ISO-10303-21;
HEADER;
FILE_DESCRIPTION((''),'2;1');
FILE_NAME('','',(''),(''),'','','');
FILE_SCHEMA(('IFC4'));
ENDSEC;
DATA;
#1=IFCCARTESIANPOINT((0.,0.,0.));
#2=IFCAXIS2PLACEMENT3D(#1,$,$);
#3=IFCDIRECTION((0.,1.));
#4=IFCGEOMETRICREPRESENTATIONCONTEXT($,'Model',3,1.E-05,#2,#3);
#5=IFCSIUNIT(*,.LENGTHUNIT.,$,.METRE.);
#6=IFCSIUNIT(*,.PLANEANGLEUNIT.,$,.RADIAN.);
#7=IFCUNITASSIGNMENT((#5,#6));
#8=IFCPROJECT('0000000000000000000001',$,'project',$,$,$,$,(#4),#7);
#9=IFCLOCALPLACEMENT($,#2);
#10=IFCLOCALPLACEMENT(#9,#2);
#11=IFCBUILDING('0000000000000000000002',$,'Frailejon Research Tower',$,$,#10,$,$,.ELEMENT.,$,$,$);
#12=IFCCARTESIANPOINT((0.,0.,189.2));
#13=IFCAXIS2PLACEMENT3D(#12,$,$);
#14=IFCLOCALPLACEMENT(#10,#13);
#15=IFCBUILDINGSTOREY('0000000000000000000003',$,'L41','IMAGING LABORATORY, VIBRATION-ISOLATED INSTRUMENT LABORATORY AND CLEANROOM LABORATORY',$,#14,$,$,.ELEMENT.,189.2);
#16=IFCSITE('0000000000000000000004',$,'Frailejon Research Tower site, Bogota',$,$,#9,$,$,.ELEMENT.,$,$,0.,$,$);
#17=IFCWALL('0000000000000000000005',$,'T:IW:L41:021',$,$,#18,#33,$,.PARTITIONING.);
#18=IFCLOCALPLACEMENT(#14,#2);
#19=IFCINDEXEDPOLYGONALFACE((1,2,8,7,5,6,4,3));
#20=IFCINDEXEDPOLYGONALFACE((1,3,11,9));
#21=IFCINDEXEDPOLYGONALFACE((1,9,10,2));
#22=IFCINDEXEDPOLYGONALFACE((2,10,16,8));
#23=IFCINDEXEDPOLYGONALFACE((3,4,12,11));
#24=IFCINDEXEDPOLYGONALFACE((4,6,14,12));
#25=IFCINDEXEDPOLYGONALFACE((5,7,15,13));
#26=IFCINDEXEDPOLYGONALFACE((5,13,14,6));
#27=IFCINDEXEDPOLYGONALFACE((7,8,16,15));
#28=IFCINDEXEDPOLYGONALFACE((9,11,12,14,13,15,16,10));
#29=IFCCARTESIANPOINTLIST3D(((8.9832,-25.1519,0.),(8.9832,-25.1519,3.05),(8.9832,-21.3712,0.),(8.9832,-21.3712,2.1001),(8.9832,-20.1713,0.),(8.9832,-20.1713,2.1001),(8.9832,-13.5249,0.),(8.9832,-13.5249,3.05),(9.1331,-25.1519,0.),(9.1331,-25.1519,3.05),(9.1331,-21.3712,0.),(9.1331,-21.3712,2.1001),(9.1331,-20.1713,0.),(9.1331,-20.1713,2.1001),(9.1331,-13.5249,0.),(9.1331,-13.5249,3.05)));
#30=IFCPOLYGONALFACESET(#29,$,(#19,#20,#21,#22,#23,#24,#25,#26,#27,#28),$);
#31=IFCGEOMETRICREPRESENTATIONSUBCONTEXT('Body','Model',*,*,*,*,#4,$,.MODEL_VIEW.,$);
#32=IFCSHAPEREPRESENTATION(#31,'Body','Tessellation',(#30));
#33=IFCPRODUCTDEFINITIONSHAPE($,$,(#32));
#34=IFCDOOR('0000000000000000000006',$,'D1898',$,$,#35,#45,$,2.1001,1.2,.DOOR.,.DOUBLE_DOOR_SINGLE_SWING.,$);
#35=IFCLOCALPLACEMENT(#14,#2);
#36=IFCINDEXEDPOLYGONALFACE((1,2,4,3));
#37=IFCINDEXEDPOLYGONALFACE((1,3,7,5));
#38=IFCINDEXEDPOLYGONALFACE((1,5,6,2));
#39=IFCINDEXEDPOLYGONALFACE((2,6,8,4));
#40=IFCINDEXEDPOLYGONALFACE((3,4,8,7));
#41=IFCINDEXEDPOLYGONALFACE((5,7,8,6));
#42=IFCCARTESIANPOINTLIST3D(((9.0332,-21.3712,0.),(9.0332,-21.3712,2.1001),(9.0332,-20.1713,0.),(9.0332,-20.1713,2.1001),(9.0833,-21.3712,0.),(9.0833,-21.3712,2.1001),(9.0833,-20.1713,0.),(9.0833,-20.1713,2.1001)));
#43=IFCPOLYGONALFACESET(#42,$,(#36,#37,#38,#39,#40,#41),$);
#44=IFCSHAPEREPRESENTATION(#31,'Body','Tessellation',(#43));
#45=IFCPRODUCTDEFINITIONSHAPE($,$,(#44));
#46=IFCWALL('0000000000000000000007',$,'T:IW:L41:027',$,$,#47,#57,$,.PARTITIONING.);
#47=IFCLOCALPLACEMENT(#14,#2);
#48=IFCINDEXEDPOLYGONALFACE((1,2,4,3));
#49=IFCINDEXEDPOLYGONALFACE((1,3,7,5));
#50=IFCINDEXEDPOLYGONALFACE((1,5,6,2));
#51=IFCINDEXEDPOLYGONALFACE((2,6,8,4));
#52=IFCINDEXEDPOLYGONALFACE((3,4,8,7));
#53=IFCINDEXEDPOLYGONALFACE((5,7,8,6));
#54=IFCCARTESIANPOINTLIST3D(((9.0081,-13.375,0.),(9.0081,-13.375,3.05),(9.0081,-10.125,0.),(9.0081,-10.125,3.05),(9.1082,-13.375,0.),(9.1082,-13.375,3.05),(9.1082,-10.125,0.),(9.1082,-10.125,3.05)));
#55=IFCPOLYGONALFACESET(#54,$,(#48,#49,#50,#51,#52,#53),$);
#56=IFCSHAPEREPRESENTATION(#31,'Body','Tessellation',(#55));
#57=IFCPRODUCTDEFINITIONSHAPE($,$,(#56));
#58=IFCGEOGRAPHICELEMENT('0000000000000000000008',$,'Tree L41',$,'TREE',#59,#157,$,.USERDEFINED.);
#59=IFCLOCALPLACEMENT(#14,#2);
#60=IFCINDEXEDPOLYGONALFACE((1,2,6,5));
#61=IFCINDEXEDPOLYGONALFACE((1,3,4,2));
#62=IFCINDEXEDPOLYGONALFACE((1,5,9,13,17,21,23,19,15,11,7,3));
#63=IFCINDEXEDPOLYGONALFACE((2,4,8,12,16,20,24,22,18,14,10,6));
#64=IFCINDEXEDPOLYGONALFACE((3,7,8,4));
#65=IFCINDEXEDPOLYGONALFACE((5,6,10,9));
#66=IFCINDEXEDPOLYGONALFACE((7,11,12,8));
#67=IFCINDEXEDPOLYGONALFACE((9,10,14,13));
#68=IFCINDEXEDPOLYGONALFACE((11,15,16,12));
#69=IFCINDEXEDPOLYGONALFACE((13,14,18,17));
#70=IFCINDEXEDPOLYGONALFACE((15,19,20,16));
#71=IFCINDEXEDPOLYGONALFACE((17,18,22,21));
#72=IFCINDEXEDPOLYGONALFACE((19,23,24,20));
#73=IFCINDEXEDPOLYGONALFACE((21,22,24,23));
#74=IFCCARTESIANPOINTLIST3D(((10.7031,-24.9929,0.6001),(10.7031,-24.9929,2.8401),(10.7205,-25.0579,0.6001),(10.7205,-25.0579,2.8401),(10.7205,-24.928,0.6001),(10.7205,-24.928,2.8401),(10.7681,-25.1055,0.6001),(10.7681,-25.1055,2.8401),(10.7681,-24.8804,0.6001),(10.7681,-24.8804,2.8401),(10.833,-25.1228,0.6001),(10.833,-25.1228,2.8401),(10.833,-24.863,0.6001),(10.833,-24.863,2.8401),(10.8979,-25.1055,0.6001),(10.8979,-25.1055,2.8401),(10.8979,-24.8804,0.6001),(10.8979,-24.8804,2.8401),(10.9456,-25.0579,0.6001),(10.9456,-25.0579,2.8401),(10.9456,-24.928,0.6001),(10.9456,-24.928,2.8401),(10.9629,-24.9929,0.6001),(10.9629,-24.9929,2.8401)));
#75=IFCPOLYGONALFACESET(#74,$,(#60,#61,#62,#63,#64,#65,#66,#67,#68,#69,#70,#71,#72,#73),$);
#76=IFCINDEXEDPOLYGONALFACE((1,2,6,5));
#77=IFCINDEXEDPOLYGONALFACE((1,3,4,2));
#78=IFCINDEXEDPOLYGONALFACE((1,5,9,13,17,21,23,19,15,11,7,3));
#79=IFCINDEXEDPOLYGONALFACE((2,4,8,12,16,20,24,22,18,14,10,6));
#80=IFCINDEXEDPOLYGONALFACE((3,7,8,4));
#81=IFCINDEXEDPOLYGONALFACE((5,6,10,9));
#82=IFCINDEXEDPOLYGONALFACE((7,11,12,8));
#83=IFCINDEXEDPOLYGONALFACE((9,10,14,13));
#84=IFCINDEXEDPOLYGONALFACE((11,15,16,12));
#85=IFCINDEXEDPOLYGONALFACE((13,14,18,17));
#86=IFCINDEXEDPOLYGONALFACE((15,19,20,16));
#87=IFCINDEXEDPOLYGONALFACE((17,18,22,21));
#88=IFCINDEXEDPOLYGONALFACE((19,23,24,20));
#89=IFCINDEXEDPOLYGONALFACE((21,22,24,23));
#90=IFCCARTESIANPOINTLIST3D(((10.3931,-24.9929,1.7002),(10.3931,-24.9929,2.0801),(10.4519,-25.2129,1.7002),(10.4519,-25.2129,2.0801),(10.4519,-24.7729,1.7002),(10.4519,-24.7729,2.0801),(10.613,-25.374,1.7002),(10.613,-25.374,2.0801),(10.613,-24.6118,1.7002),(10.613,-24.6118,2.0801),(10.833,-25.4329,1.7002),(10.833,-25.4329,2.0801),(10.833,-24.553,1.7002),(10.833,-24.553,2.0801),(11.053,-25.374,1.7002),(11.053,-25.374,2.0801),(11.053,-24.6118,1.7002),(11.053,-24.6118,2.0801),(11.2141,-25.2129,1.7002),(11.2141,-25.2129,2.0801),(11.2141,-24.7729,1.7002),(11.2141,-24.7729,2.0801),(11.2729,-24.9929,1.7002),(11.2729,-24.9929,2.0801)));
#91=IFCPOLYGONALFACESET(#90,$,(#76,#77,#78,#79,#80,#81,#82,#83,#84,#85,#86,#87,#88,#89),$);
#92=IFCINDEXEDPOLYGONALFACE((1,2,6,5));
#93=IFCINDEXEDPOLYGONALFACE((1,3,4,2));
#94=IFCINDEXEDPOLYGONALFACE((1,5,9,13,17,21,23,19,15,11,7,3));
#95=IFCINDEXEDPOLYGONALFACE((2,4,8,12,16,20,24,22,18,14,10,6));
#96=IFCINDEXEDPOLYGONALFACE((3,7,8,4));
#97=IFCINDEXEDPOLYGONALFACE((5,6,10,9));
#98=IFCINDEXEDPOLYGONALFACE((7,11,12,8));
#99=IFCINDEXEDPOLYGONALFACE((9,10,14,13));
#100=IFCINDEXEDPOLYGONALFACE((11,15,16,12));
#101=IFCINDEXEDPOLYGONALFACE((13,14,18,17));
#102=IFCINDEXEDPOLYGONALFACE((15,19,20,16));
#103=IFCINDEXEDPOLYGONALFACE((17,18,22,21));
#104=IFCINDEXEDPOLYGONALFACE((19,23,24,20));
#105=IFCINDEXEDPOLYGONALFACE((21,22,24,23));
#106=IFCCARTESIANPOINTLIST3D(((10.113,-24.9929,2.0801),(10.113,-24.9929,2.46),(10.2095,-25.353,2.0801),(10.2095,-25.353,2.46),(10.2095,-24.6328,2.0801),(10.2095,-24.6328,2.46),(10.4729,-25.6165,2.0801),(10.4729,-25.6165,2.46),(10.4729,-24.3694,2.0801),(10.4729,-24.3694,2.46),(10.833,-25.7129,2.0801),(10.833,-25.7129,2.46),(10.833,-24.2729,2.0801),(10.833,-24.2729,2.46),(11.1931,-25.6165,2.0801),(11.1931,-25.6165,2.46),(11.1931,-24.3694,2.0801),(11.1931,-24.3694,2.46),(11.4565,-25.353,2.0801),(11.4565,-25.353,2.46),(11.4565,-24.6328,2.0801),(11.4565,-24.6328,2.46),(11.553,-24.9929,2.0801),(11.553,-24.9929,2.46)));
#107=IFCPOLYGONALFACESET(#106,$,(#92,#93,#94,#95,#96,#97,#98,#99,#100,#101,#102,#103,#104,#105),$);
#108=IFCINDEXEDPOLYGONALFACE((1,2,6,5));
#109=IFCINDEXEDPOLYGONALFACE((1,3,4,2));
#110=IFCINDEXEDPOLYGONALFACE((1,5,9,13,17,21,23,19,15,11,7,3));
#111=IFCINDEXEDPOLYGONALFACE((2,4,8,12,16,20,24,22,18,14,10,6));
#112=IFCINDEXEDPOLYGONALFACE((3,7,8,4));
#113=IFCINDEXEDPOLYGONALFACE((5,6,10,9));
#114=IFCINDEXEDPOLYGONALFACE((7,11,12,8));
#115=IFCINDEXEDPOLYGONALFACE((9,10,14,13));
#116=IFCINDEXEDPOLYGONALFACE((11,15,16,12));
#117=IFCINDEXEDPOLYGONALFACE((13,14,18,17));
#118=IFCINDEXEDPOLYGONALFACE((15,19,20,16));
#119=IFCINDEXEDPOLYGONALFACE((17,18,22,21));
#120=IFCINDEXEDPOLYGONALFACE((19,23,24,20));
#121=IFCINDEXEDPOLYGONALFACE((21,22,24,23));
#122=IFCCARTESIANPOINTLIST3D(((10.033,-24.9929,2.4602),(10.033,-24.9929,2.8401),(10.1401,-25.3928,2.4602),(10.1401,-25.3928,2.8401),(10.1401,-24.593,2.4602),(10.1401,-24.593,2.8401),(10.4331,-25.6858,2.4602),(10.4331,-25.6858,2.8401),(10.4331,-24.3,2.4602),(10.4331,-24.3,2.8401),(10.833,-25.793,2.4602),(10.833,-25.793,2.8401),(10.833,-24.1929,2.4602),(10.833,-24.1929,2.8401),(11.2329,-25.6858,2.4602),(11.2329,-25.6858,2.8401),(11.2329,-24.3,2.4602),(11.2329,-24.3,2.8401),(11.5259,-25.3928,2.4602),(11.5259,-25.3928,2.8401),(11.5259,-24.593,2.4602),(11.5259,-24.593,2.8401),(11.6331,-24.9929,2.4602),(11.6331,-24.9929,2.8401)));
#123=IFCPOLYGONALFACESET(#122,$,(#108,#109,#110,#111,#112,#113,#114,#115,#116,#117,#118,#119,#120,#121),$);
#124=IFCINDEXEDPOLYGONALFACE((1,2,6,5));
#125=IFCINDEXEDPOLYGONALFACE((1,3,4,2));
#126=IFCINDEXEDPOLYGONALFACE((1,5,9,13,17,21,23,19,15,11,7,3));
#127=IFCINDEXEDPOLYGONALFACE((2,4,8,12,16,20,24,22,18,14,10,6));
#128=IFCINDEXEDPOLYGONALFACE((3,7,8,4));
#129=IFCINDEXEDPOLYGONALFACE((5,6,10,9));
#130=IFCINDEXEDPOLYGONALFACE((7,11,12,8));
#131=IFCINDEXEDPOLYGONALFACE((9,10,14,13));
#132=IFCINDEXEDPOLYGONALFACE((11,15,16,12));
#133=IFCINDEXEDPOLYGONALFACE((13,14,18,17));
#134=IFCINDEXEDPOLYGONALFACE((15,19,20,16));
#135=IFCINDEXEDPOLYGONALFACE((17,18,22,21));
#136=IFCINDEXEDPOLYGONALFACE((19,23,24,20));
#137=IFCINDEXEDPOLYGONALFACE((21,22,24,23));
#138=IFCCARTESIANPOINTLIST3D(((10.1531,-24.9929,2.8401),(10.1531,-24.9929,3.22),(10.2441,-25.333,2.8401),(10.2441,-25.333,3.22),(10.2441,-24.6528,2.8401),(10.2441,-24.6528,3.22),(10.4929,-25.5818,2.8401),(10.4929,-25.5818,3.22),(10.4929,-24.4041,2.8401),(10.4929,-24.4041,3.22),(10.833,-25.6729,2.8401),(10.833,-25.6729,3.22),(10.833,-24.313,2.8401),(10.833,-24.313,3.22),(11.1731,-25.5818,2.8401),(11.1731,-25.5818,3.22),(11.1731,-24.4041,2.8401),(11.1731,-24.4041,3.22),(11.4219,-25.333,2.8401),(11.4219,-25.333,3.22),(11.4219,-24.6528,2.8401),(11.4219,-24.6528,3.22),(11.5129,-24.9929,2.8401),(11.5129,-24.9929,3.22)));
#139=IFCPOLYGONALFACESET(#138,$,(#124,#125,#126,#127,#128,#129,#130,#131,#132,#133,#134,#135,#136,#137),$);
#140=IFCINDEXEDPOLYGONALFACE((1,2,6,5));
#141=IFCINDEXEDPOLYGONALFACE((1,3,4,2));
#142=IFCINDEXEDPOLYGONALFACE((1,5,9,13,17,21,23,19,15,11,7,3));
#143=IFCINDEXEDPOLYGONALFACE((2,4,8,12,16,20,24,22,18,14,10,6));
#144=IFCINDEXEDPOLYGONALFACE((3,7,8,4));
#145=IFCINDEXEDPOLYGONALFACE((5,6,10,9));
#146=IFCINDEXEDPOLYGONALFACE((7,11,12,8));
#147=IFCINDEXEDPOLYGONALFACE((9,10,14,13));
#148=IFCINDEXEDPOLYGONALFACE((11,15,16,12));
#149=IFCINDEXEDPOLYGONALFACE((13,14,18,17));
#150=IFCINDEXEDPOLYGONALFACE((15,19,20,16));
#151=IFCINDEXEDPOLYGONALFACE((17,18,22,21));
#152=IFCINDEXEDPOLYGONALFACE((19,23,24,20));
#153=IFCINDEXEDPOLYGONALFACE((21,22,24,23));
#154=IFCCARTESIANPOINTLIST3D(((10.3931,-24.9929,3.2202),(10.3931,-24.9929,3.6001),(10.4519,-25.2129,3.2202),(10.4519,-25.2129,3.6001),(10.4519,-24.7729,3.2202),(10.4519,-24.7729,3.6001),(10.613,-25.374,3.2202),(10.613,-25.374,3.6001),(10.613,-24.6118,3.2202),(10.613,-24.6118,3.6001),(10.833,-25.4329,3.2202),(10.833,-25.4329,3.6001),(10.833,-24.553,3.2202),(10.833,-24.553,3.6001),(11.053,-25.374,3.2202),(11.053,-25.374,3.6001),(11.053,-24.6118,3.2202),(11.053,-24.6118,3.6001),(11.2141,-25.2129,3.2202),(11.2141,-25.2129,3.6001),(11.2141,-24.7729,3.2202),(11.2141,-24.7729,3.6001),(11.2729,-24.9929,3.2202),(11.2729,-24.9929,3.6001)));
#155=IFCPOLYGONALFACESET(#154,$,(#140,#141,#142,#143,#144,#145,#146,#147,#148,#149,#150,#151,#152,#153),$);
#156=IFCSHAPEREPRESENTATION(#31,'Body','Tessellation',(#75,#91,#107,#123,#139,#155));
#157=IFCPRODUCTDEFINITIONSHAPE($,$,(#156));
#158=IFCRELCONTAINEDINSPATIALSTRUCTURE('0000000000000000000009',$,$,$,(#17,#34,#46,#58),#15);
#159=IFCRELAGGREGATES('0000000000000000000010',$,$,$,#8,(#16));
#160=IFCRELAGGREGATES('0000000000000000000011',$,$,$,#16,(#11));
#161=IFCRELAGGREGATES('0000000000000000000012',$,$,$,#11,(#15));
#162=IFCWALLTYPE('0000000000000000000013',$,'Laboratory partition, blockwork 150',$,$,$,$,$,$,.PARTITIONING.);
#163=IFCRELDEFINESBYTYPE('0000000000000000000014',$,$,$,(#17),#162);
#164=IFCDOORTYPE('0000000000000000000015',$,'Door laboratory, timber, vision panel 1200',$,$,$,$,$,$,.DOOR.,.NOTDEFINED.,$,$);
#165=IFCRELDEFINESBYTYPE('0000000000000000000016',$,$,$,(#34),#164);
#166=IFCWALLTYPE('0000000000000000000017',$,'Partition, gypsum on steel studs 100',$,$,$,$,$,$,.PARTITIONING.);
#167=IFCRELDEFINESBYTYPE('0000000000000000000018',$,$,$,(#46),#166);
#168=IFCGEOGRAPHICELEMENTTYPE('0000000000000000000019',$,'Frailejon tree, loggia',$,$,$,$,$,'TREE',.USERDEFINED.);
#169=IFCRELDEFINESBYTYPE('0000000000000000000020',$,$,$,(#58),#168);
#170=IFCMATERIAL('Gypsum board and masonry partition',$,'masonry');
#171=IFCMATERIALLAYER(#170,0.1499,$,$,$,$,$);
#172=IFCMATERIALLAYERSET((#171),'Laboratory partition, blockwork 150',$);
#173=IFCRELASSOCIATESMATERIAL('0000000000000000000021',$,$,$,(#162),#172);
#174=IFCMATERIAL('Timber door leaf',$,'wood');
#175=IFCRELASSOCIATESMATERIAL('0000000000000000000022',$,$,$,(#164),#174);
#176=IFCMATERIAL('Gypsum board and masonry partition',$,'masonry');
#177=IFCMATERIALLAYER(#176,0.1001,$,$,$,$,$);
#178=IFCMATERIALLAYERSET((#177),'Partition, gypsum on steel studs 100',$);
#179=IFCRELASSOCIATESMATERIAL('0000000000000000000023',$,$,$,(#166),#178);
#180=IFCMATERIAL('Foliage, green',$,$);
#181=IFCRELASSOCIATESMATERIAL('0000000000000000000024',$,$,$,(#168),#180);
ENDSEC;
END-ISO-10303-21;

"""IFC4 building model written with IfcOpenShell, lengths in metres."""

from ifc_helpers import new_model, si_unit, direction, frame, frame_2d, origin, place, context, subcontext, project, spatial, polyline, rectangle, outline, extrude, material, layer, layer_set, type_object, element, fill, save


model = new_model("IFC4")

# Units and contexts
model_context = context("Model", 3, precision=1e-05, world=origin(), true_north=direction((0.0, 1.0)))
body_context = subcontext(model_context, "Body", "Model", "MODEL_VIEW")
ifc_project = project(units=[si_unit("LENGTHUNIT", "METRE"), si_unit("PLANEANGLEUNIT", "RADIAN")], contexts=[model_context])

# Site, building, storey
site_placement = place(None, origin())
site = spatial("IfcSite", under=ifc_project, at=site_placement, Name="Frailejon Research Tower site, Bogota", CompositionType="ELEMENT", RefElevation=0.0)
building_placement = place(site_placement, origin())
building = spatial("IfcBuilding", under=site, at=building_placement, Name="Frailejon Research Tower", CompositionType="ELEMENT")
storey_placement = place(building_placement, frame((0.0, 0.0, 189.2)))
storey = spatial("IfcBuildingStorey", under=building, at=storey_placement, Name="L41", Description="IMAGING LABORATORY, VIBRATION-ISOLATED INSTRUMENT LABORATORY AND CLEANROOM LABORATORY", CompositionType="ELEMENT", Elevation=189.2)

# Wall, opening, door
ifc_material_1 = material(Name="Gypsum board and masonry partition", Category="masonry")
ifc_layer_1 = layer(ifc_material_1, 0.1499)
ifc_layer_set_1 = layer_set([ifc_layer_1], Name="Laboratory partition, blockwork 150")
wall_type_1 = type_object("IfcWallType", Name="Laboratory partition, blockwork 150", PredefinedType="PARTITIONING", material=ifc_layer_set_1)
wall_1_placement = place(storey_placement, frame((9.0581, -25.1519, 0.0), z_axis=(0.0, 0.0, 1.0), x_axis=(0.0, 1.0, 0.0)))
wall_1 = element("IfcWall", 1, at=wall_1_placement, inside=storey, type_object=wall_type_1, Name="T:IW:L41:021", PredefinedType="PARTITIONING", context=body_context, shape_type="SweptSolid", body=[
    extrude(rectangle(XDim=11.627, YDim=0.1499, at=frame_2d((5.8135, 0.0))), origin(), (0.0, 0.0, 1.0), 3.05),
])
opening_1_placement = place(wall_1_placement, frame((3.7805, 0.0, 0.0)))
opening_1 = element("IfcOpeningElement", 2, at=opening_1_placement, cuts=wall_1, PredefinedType="OPENING", context=body_context, shape_type="SweptSolid", body=[
    extrude(rectangle(XDim=1.2, YDim=2.1001, at=frame_2d((0.6001, 1.05))), frame((0.0, 0.085, 0.0), z_axis=(0.0, -1.0, 0.0), x_axis=(1.0, 0.0, 0.0)), (0.0, 0.0, 1.0), 0.1699),
])
ifc_material_2 = material(Name="Timber door leaf", Category="wood")
door_type_1 = type_object("IfcDoorType", Name="Door laboratory, timber, vision panel 1200", OperationType="NOTDEFINED", PredefinedType="DOOR", material=ifc_material_2)
door_1_placement = place(opening_1_placement, origin())
door_1 = element("IfcDoor", 3, at=door_1_placement, inside=storey, type_object=door_type_1, Name="D1898", OperationType="DOUBLE_DOOR_SINGLE_SWING", OverallHeight=2.1001, OverallWidth=1.2, PredefinedType="DOOR", context=body_context, shape_type="SweptSolid", body=[
    extrude(rectangle(XDim=1.2, YDim=2.1001, at=frame_2d((0.6001, 1.05))), frame((0.0, 0.0249, 0.0), z_axis=(0.0, -1.0, 0.0), x_axis=(1.0, 0.0, 0.0)), (0.0, 0.0, 1.0), 0.05),
])
fill(opening_1, door_1)

# Wall
ifc_material_3 = material(Name="Gypsum board and masonry partition", Category="masonry")
ifc_layer_2 = layer(ifc_material_3, 0.1001)
ifc_layer_set_2 = layer_set([ifc_layer_2], Name="Partition, gypsum on steel studs 100")
wall_type_2 = type_object("IfcWallType", Name="Partition, gypsum on steel studs 100", PredefinedType="PARTITIONING", material=ifc_layer_set_2)
wall_2_placement = place(storey_placement, frame((9.0581, -13.375, 0.0), z_axis=(0.0, 0.0, 1.0), x_axis=(0.0, 1.0, 0.0)))
element("IfcWall", 4, at=wall_2_placement, inside=storey, type_object=wall_type_2, Name="T:IW:L41:027", PredefinedType="PARTITIONING", context=body_context, shape_type="SweptSolid", body=[
    extrude(rectangle(XDim=3.25, YDim=0.1001, at=frame_2d((1.625, 0.0))), origin(), (0.0, 0.0, 1.0), 3.05),
])

# Geographic element
ifc_material_4 = material(Name="Foliage, green")
geographic_element_type = type_object("IfcGeographicElementType", Name="Frailejon tree, loggia", ElementType="TREE", PredefinedType="USERDEFINED", material=ifc_material_4)
geographic_element_placement = place(storey_placement, frame((10.833, -24.9929, 0.6001)))
element("IfcGeographicElement", 5, at=geographic_element_placement, inside=storey, type_object=geographic_element_type, Name="Tree L41", ObjectType="TREE", PredefinedType="USERDEFINED", context=body_context, shape_type="SweptSolid", body=[
    extrude(outline(polyline([(0.1299, 0.0), (0.1125, 0.0649), (0.0649, 0.1125), (0.0, 0.1299), (-0.0649, 0.1125), (-0.1125, 0.0649), (-0.1299, 0.0), (-0.1125, -0.0649), (-0.0649, -0.1125), (0.0, -0.1299), (0.0649, -0.1125), (0.1125, -0.0649), (0.1299, 0.0)])), origin(), (0.0, 0.0, 1.0), 2.24),
    extrude(outline(polyline([(0.4399, 0.0), (0.3811, 0.22), (0.22, 0.3811), (0.0, 0.4399), (-0.22, 0.3811), (-0.3811, 0.22), (-0.4399, 0.0), (-0.3811, -0.22), (-0.22, -0.3811), (0.0, -0.4399), (0.22, -0.3811), (0.3811, -0.22), (0.4399, 0.0)])), frame((0.0, 0.0, 1.1001)), (0.0, 0.0, 1.0), 0.3799),
    extrude(outline(polyline([(0.72, 0.0), (0.6235, 0.3601), (0.3601, 0.6235), (0.0, 0.72), (-0.3601, 0.6235), (-0.6235, 0.3601), (-0.72, 0.0), (-0.6235, -0.3601), (-0.3601, -0.6235), (0.0, -0.72), (0.3601, -0.6235), (0.6235, -0.3601), (0.72, 0.0)])), frame((0.0, 0.0, 1.48)), (0.0, 0.0, 1.0), 0.3799),
    extrude(outline(polyline([(0.8, 0.0), (0.6929, 0.3999), (0.3999, 0.6929), (0.0, 0.8), (-0.3999, 0.6929), (-0.6929, 0.3999), (-0.8, 0.0), (-0.6929, -0.3999), (-0.3999, -0.6929), (0.0, -0.8), (0.3999, -0.6929), (0.6929, -0.3999), (0.8, 0.0)])), frame((0.0, 0.0, 1.8601)), (0.0, 0.0, 1.0), 0.3799),
    extrude(outline(polyline([(0.6799, 0.0), (0.5889, 0.3401), (0.3401, 0.5889), (0.0, 0.6799), (-0.3401, 0.5889), (-0.5889, 0.3401), (-0.6799, 0.0), (-0.5889, -0.3401), (-0.3401, -0.5889), (0.0, -0.6799), (0.3401, -0.5889), (0.5889, -0.3401), (0.6799, 0.0)])), frame((0.0, 0.0, 2.24)), (0.0, 0.0, 1.0), 0.3799),
    extrude(outline(polyline([(0.4399, 0.0), (0.3811, 0.22), (0.22, 0.3811), (0.0, 0.4399), (-0.22, 0.3811), (-0.3811, 0.22), (-0.4399, 0.0), (-0.3811, -0.22), (-0.22, -0.3811), (0.0, -0.4399), (0.22, -0.3811), (0.3811, -0.22), (0.4399, 0.0)])), frame((0.0, 0.0, 2.6201)), (0.0, 0.0, 1.0), 0.3799),
])

save(model, "model.ifc")
